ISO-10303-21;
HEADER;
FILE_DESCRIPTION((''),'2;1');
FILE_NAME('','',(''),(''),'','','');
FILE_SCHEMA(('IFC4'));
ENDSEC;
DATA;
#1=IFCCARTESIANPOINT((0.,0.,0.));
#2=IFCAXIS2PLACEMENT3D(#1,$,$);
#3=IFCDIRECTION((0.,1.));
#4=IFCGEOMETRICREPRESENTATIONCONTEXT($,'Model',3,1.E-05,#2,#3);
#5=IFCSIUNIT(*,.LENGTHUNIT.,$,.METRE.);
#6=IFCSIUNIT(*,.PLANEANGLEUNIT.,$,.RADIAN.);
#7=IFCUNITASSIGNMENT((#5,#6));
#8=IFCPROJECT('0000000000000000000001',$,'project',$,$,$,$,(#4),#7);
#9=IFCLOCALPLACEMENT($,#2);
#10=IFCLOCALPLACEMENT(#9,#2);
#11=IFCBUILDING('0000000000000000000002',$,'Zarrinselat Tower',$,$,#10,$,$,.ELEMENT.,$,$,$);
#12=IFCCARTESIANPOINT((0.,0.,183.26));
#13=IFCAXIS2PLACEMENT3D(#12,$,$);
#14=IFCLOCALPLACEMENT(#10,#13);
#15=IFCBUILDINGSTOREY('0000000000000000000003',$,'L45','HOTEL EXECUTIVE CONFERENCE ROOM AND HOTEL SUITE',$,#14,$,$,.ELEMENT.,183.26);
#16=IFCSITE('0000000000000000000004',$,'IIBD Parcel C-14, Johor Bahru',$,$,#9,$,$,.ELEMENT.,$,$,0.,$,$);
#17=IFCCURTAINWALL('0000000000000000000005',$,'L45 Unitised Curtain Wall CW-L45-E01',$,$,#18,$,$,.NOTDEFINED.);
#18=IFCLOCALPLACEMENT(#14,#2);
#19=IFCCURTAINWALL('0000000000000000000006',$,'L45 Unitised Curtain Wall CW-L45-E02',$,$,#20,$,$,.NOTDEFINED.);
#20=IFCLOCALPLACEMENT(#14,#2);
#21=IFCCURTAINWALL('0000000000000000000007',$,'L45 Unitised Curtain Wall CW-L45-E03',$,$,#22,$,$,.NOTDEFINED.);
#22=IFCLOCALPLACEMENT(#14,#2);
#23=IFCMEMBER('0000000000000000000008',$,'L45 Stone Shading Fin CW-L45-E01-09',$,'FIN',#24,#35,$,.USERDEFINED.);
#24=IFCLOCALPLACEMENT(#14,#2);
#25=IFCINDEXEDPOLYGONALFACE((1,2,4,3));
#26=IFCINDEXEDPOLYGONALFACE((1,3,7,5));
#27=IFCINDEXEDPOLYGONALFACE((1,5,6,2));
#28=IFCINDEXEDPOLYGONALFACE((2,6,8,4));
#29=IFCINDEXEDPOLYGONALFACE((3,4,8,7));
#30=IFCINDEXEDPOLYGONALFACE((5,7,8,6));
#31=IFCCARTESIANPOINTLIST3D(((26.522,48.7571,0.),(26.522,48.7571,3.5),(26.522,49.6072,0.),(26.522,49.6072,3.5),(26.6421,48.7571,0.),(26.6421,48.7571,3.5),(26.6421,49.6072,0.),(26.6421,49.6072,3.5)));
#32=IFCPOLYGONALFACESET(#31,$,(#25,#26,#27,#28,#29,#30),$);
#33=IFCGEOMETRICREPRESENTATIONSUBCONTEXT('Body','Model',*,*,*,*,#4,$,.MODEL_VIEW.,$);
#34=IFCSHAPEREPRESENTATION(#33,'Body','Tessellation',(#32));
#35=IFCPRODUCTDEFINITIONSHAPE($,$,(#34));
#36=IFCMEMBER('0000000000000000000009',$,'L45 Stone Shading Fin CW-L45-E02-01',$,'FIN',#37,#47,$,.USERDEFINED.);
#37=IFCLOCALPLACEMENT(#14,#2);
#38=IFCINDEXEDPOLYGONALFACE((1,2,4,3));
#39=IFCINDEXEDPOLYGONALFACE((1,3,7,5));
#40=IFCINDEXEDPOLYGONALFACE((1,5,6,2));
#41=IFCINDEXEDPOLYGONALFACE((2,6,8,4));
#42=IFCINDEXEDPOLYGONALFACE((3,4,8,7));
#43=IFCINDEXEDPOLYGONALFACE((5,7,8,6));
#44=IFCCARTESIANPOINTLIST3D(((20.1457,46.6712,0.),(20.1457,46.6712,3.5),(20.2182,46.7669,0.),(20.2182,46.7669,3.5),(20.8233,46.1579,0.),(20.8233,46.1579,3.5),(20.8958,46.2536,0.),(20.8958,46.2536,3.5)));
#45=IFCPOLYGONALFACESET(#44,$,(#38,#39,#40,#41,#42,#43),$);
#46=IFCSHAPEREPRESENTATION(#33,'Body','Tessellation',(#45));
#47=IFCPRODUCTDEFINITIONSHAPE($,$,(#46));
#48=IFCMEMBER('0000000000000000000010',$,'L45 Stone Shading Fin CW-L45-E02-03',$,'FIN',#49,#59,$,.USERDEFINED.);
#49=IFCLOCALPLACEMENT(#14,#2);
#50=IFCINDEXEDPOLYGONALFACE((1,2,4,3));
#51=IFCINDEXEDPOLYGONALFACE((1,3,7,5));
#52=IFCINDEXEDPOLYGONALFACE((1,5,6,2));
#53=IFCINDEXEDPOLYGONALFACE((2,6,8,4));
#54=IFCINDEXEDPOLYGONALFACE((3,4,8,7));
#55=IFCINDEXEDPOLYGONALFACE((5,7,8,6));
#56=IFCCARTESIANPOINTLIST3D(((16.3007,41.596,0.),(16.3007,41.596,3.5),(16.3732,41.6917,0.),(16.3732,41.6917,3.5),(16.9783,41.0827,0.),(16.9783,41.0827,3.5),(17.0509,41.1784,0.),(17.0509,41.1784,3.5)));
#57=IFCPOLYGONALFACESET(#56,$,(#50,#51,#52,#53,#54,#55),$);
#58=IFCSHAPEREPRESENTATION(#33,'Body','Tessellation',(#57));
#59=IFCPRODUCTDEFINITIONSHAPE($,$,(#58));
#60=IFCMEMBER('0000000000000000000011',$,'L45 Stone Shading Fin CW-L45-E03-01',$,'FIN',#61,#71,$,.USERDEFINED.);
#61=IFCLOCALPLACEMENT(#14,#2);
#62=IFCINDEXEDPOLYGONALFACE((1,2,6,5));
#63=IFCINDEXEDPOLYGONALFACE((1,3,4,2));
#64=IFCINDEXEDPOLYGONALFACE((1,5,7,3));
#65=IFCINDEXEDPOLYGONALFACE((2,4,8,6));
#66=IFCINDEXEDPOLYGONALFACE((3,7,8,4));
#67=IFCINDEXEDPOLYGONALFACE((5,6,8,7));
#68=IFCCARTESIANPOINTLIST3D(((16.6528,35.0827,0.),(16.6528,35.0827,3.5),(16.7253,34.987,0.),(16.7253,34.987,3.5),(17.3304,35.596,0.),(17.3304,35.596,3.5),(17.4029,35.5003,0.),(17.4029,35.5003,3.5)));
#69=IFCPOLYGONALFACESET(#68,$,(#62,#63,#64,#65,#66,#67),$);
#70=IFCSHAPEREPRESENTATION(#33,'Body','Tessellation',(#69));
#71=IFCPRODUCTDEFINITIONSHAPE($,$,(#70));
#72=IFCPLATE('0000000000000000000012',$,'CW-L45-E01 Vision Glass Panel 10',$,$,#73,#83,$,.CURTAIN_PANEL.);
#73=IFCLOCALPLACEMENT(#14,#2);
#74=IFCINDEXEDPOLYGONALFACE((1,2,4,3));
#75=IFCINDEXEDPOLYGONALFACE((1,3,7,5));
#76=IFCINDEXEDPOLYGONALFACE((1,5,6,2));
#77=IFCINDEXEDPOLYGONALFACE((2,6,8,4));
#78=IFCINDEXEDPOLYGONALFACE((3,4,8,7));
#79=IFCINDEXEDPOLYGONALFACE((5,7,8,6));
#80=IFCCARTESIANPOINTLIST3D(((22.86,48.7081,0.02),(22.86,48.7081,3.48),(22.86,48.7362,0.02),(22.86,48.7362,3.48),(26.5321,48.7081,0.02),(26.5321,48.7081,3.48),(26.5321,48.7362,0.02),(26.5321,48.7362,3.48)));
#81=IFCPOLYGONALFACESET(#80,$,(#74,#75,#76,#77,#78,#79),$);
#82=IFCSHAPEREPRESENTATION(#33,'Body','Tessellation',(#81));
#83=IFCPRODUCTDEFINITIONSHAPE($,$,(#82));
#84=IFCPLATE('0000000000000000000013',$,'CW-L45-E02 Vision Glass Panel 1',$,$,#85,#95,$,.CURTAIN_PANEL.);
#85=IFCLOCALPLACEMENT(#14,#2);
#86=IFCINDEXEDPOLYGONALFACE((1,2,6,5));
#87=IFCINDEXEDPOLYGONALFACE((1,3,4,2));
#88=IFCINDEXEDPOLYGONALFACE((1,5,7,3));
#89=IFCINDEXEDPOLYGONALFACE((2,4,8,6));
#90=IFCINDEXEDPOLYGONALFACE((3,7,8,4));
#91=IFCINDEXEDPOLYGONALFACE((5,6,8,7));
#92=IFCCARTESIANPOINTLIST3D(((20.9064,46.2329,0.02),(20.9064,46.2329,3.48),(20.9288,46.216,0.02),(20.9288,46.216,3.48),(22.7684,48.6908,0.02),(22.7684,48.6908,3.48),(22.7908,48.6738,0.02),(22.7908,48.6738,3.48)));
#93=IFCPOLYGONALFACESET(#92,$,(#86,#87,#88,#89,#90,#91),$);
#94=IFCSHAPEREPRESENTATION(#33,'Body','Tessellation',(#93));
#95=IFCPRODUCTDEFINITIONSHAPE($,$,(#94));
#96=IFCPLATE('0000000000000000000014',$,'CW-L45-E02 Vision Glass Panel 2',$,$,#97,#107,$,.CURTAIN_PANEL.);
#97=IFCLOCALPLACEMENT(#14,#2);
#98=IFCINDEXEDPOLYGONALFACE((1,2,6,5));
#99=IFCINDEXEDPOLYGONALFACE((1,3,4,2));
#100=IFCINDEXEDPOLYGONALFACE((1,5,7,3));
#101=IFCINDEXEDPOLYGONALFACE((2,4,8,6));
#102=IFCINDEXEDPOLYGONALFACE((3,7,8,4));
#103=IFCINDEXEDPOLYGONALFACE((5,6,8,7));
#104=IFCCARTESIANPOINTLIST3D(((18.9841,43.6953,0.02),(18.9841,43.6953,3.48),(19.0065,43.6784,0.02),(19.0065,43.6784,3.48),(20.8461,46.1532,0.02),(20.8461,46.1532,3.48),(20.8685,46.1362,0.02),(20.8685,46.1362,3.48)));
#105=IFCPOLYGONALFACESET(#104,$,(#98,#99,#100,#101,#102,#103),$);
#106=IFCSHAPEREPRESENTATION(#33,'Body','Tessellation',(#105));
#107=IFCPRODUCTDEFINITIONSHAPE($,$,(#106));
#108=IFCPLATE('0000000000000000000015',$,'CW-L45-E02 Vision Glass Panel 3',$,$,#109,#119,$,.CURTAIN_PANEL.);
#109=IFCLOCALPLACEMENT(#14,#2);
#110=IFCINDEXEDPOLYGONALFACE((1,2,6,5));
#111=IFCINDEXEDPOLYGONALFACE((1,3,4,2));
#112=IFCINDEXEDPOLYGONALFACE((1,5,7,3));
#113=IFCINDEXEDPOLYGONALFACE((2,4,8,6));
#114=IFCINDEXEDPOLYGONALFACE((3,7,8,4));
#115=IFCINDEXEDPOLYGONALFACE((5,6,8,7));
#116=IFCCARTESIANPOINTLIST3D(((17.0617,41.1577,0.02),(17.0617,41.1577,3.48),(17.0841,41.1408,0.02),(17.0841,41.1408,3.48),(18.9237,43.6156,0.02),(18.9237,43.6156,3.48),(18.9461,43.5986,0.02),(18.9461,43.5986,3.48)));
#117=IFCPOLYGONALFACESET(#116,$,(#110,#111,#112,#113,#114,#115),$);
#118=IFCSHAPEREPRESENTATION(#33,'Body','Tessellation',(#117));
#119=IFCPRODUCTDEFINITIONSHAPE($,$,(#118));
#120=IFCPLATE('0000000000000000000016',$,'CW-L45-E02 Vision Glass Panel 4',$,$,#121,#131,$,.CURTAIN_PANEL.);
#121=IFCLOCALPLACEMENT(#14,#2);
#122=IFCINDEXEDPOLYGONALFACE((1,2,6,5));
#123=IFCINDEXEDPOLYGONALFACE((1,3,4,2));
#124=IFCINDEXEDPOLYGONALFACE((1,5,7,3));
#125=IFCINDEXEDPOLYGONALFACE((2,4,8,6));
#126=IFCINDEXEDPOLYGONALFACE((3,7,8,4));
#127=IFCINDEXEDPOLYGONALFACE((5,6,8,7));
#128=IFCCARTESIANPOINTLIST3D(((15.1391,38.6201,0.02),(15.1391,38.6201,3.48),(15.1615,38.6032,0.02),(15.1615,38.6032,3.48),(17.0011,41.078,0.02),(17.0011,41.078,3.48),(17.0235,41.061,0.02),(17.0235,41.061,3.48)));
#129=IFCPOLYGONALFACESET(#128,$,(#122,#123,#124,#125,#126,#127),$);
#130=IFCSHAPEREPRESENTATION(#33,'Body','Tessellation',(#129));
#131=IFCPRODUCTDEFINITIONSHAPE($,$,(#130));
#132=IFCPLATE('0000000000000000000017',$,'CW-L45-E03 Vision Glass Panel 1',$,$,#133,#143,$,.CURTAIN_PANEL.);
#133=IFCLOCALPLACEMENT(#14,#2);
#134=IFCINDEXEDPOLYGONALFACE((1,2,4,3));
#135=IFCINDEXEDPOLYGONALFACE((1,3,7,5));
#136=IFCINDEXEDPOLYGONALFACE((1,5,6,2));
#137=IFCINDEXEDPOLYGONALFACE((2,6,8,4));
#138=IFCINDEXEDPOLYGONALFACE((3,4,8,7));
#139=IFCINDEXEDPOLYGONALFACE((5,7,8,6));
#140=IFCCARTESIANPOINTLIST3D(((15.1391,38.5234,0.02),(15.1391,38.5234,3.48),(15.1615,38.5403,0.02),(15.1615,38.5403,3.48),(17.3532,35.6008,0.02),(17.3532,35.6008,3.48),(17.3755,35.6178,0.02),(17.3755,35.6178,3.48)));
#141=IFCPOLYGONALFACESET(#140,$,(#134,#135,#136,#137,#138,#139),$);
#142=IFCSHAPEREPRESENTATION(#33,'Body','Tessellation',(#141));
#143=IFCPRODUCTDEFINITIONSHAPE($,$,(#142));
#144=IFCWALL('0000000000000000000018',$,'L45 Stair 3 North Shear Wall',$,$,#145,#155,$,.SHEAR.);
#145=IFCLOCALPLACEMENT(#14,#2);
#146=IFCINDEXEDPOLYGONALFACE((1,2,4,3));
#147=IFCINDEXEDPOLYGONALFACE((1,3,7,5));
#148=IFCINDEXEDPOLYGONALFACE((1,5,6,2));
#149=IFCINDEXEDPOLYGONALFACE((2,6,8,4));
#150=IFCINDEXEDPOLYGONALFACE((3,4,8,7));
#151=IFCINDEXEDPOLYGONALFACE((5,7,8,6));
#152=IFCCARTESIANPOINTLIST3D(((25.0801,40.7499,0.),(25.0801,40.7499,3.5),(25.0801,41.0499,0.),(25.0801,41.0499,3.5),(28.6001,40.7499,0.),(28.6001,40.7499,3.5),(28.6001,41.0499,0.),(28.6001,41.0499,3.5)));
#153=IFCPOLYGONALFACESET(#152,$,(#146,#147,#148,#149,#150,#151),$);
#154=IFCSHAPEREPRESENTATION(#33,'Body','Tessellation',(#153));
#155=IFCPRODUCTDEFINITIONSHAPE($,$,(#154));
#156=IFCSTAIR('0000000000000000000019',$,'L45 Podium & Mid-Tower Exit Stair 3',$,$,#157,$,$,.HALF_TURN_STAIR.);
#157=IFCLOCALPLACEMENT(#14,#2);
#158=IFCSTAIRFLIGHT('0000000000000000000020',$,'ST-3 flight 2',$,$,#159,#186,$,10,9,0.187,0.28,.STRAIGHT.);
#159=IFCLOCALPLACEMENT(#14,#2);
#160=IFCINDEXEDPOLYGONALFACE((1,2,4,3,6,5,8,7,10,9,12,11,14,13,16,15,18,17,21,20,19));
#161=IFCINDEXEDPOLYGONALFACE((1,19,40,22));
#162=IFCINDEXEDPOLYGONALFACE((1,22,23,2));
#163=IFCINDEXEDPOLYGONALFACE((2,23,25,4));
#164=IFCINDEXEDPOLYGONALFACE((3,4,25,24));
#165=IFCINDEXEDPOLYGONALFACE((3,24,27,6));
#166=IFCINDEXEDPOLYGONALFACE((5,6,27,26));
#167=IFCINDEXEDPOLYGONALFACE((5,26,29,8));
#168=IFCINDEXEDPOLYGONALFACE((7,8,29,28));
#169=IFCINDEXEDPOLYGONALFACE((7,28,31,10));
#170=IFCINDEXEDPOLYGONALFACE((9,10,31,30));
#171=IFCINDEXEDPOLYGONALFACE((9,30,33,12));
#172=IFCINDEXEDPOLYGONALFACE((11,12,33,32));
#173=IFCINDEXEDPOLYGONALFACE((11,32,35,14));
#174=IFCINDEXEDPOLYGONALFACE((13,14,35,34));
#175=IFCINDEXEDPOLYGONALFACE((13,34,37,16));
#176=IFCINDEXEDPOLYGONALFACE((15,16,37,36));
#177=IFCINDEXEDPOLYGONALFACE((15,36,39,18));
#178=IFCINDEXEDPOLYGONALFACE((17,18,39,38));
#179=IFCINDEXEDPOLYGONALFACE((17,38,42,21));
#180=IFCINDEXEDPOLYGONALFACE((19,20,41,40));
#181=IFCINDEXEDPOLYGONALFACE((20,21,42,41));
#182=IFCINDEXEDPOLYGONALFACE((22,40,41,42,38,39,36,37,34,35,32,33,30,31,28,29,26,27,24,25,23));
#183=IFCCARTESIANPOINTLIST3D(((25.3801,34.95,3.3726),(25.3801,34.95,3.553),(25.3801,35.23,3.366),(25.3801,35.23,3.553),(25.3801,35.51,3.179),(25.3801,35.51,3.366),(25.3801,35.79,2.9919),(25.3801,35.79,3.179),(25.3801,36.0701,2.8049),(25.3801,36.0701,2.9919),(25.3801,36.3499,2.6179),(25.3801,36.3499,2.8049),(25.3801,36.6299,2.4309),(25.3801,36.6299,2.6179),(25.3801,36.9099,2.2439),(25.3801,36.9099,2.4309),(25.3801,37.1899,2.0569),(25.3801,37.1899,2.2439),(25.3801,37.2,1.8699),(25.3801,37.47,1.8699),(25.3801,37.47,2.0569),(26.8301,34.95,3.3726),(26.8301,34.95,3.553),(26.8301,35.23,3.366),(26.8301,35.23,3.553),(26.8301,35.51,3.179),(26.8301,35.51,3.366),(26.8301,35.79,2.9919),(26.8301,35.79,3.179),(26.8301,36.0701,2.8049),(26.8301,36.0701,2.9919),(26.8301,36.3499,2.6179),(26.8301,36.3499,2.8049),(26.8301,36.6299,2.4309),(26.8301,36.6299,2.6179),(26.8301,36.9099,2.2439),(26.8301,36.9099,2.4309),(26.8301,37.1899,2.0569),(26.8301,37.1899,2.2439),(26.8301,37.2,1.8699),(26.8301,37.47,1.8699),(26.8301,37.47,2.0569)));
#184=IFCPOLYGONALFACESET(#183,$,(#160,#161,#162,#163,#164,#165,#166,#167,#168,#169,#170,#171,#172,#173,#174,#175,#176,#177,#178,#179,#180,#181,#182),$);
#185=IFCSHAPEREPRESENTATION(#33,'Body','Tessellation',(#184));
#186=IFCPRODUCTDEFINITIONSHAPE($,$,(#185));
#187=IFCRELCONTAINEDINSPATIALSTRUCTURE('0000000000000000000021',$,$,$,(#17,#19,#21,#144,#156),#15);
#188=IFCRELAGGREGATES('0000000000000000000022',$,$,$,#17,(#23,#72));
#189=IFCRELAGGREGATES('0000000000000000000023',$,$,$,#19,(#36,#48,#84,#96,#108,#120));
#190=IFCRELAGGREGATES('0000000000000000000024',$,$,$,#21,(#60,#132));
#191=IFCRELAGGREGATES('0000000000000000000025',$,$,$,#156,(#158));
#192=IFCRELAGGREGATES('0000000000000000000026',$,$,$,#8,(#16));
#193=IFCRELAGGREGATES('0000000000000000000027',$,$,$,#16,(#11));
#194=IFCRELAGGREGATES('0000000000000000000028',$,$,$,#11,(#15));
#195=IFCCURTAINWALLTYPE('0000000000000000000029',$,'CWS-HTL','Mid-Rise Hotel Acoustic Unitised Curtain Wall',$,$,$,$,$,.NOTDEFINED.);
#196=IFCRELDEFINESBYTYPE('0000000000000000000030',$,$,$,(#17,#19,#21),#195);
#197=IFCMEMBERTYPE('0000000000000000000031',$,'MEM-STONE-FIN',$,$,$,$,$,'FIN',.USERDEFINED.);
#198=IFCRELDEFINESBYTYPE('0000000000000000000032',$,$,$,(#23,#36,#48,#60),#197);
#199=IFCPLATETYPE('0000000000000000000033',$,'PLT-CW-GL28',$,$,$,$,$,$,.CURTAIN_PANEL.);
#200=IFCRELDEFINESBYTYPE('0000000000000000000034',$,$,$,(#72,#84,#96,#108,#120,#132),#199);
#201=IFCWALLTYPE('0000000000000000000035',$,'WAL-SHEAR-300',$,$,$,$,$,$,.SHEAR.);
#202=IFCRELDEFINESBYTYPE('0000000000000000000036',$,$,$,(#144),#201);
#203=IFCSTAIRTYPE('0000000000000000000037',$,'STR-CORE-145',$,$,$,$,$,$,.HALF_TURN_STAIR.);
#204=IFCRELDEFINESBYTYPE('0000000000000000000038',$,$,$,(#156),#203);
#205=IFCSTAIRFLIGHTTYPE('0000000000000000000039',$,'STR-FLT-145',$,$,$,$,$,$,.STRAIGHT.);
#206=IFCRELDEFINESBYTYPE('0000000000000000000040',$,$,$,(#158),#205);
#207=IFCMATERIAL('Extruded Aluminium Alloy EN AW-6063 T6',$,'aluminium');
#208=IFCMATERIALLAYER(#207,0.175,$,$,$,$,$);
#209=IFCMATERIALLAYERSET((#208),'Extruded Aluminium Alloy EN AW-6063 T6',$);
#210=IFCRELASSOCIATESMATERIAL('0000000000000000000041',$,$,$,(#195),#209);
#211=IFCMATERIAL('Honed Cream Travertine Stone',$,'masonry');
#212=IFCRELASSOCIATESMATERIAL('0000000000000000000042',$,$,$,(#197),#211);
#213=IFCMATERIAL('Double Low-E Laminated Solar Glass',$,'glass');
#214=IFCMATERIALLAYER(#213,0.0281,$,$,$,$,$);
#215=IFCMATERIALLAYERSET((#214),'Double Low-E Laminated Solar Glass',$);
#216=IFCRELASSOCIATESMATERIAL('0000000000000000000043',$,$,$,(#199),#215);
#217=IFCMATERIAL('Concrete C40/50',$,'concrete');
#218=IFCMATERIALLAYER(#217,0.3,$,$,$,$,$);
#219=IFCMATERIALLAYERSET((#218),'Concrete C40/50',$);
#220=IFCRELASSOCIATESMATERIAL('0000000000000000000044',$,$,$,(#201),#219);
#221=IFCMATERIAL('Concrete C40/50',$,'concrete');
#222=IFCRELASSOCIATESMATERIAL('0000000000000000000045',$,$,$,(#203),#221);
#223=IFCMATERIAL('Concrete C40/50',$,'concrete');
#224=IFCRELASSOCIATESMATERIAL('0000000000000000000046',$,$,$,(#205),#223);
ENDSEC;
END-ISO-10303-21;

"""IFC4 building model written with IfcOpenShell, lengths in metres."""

from ifc_helpers import new_model, si_unit, direction, frame, frame_2d, origin, origin_2d, place, context, subcontext, project, spatial, polyline, rectangle, outline, extrude, material, layer, layer_set, material_profile, profile_set, type_object, element, aggregate, save


model = new_model("IFC4")

# Units and contexts
model_context = context("Model", 3, precision=1e-05, world=origin(), true_north=direction((0.0, 1.0)))
body_context = subcontext(model_context, "Body", "Model", "MODEL_VIEW")
ifc_project = project(units=[si_unit("LENGTHUNIT", "METRE"), si_unit("PLANEANGLEUNIT", "RADIAN")], contexts=[model_context])

# Site, building, storey
site_placement = place(None, origin())
site = spatial("IfcSite", under=ifc_project, at=site_placement, Name="IIBD Parcel C-14, Johor Bahru", CompositionType="ELEMENT", RefElevation=0.0)
building_placement = place(site_placement, origin())
building = spatial("IfcBuilding", under=site, at=building_placement, Name="Zarrinselat Tower", CompositionType="ELEMENT")
storey_placement = place(building_placement, frame((0.0, 0.0, 183.26)))
storey = spatial("IfcBuildingStorey", under=building, at=storey_placement, Name="L45", Description="HOTEL EXECUTIVE CONFERENCE ROOM AND HOTEL SUITE", CompositionType="ELEMENT", Elevation=183.26)

# Curtain walls
ifc_material_1 = material(Name="Extruded Aluminium Alloy EN AW-6063 T6", Category="aluminium")
ifc_layer_1 = layer(ifc_material_1, 0.175)
ifc_layer_set_1 = layer_set([ifc_layer_1], Name="Extruded Aluminium Alloy EN AW-6063 T6")
curtain_wall_type = type_object("IfcCurtainWallType", Name="CWS-HTL", Description="Mid-Rise Hotel Acoustic Unitised Curtain Wall", PredefinedType="NOTDEFINED", material=ifc_layer_set_1)
curtain_wall_1_placement = place(storey_placement, origin())
curtain_wall_1 = element("IfcCurtainWall", 1, at=curtain_wall_1_placement, inside=storey, type_object=curtain_wall_type, Name="L45 Unitised Curtain Wall CW-L45-E01", PredefinedType="NOTDEFINED")
curtain_wall_2_placement = place(storey_placement, origin())
curtain_wall_2 = element("IfcCurtainWall", 2, at=curtain_wall_2_placement, inside=storey, type_object=curtain_wall_type, Name="L45 Unitised Curtain Wall CW-L45-E02", PredefinedType="NOTDEFINED")

# Curtain wall
curtain_wall_3_placement = place(storey_placement, origin())
curtain_wall_3 = element("IfcCurtainWall", 3, at=curtain_wall_3_placement, inside=storey, type_object=curtain_wall_type, Name="L45 Unitised Curtain Wall CW-L45-E03", PredefinedType="NOTDEFINED")

# Members
ifc_material_2 = material(Name="Honed Cream Travertine Stone", Category="masonry")
ifc_material_profile_1 = material_profile(ifc_material_2, rectangle(XDim=0.1201, YDim=0.8501, at=origin_2d()), Name="FIN 850x120")
ifc_profile_set_1 = profile_set([ifc_material_profile_1], Name="Honed Cream Travertine Stone")
member_type_1 = type_object("IfcMemberType", Name="MEM-STONE-FIN", ElementType="FIN", PredefinedType="USERDEFINED", material=ifc_profile_set_1)
member_1_placement = place(storey_placement, frame((26.582, 49.1821, 0.0), z_axis=(0.0, 0.0, 1.0), x_axis=(1.0, 0.0, 0.0)))
member_1 = element("IfcMember", 4, at=member_1_placement, type_object=member_type_1, Name="L45 Stone Shading Fin CW-L45-E01-09", ObjectType="FIN", PredefinedType="USERDEFINED", context=body_context, shape_type="SweptSolid", body=[
    extrude(rectangle(XDim=0.1201, YDim=0.8501, at=origin_2d()), origin(), (0.0, 0.0, 1.0), 3.5),
])
member_2_placement = place(storey_placement, frame((20.5208, 46.4624, 0.0), z_axis=(0.0, 0.0, 1.0), x_axis=(0.603859, 0.797091, 0.0)))
member_2 = element("IfcMember", 5, at=member_2_placement, type_object=member_type_1, Name="L45 Stone Shading Fin CW-L45-E02-01", ObjectType="FIN", PredefinedType="USERDEFINED", context=body_context, shape_type="SweptSolid", body=[
    extrude(rectangle(XDim=0.1201, YDim=0.8501, at=origin_2d()), origin(), (0.0, 0.0, 1.0), 3.5),
])
member_3_placement = place(storey_placement, frame((16.6758, 41.3872, 0.0), z_axis=(0.0, 0.0, 1.0), x_axis=(0.603859, 0.797091, 0.0)))
member_3 = element("IfcMember", 6, at=member_3_placement, type_object=member_type_1, Name="L45 Stone Shading Fin CW-L45-E02-03", ObjectType="FIN", PredefinedType="USERDEFINED", context=body_context, shape_type="SweptSolid", body=[
    extrude(rectangle(XDim=0.1201, YDim=0.8501, at=origin_2d()), origin(), (0.0, 0.0, 1.0), 3.5),
])
member_4_placement = place(storey_placement, frame((17.0278, 35.2915, 0.0), z_axis=(0.0, 0.0, 1.0), x_axis=(-0.603857, 0.797092, 0.0)))
member_4 = element("IfcMember", 7, at=member_4_placement, type_object=member_type_1, Name="L45 Stone Shading Fin CW-L45-E03-01", ObjectType="FIN", PredefinedType="USERDEFINED", context=body_context, shape_type="SweptSolid", body=[
    extrude(rectangle(XDim=0.1201, YDim=0.8501, at=origin_2d()), origin(), (0.0, 0.0, 1.0), 3.5),
])

# Plates
ifc_material_3 = material(Name="Double Low-E Laminated Solar Glass", Category="glass")
ifc_layer_2 = layer(ifc_material_3, 0.0281)
ifc_layer_set_2 = layer_set([ifc_layer_2], Name="Double Low-E Laminated Solar Glass")
plate_type = type_object("IfcPlateType", Name="PLT-CW-GL28", PredefinedType="CURTAIN_PANEL", material=ifc_layer_set_2)
plate_1_placement = place(storey_placement, frame((24.696, 48.7222, 0.02), z_axis=(0.0, 0.0, 1.0), x_axis=(-1.0, 0.0, 0.0)))
plate_1 = element("IfcPlate", 8, at=plate_1_placement, type_object=plate_type, Name="CW-L45-E01 Vision Glass Panel 10", PredefinedType="CURTAIN_PANEL", context=body_context, shape_type="SweptSolid", body=[
    extrude(rectangle(XDim=3.6721, YDim=0.0281, at=origin_2d()), origin(), (0.0, 0.0, 1.0), 3.46),
])
aggregate(curtain_wall_1, [member_1, plate_1])
plate_2_placement = place(storey_placement, frame((21.8486, 47.4534, 0.02), z_axis=(0.0, 0.0, 1.0), x_axis=(-0.603859, -0.797091, 0.0)))
plate_2 = element("IfcPlate", 9, at=plate_2_placement, type_object=plate_type, Name="CW-L45-E02 Vision Glass Panel 1", PredefinedType="CURTAIN_PANEL", context=body_context, shape_type="SweptSolid", body=[
    extrude(rectangle(XDim=3.0835, YDim=0.0281, at=origin_2d()), origin(), (0.0, 0.0, 1.0), 3.46),
])
plate_3_placement = place(storey_placement, frame((19.9263, 44.9158, 0.02), z_axis=(0.0, 0.0, 1.0), x_axis=(-0.603859, -0.797091, 0.0)))
plate_3 = element("IfcPlate", 10, at=plate_3_placement, type_object=plate_type, Name="CW-L45-E02 Vision Glass Panel 2", PredefinedType="CURTAIN_PANEL", context=body_context, shape_type="SweptSolid", body=[
    extrude(rectangle(XDim=3.0835, YDim=0.0281, at=origin_2d()), origin(), (0.0, 0.0, 1.0), 3.46),
])
plate_4_placement = place(storey_placement, frame((18.0039, 42.3782, 0.02), z_axis=(0.0, 0.0, 1.0), x_axis=(-0.603859, -0.797091, 0.0)))
plate_4 = element("IfcPlate", 11, at=plate_4_placement, type_object=plate_type, Name="CW-L45-E02 Vision Glass Panel 3", PredefinedType="CURTAIN_PANEL", context=body_context, shape_type="SweptSolid", body=[
    extrude(rectangle(XDim=3.0835, YDim=0.0281, at=origin_2d()), origin(), (0.0, 0.0, 1.0), 3.46),
])
plate_5_placement = place(storey_placement, frame((16.0813, 39.8406, 0.02), z_axis=(0.0, 0.0, 1.0), x_axis=(-0.603859, -0.797091, 0.0)))
plate_5 = element("IfcPlate", 12, at=plate_5_placement, type_object=plate_type, Name="CW-L45-E02 Vision Glass Panel 4", PredefinedType="CURTAIN_PANEL", context=body_context, shape_type="SweptSolid", body=[
    extrude(rectangle(XDim=3.0835, YDim=0.0281, at=origin_2d()), origin(), (0.0, 0.0, 1.0), 3.46),
])
aggregate(curtain_wall_2, [member_2, member_3, plate_2, plate_3, plate_4, plate_5])
plate_6_placement = place(storey_placement, frame((16.2573, 37.0706, 0.02), z_axis=(0.0, 0.0, 1.0), x_axis=(0.603857, -0.797092, 0.0)))
plate_6 = element("IfcPlate", 13, at=plate_6_placement, type_object=plate_type, Name="CW-L45-E03 Vision Glass Panel 1", PredefinedType="CURTAIN_PANEL", context=body_context, shape_type="SweptSolid", body=[
    extrude(rectangle(XDim=3.6665, YDim=0.0281, at=origin_2d()), origin(), (0.0, 0.0, 1.0), 3.46),
])
aggregate(curtain_wall_3, [member_4, plate_6])

# Wall
ifc_material_4 = material(Name="Concrete C40/50", Category="concrete")
ifc_layer_3 = layer(ifc_material_4, 0.3)
ifc_layer_set_3 = layer_set([ifc_layer_3], Name="Concrete C40/50")
wall_type = type_object("IfcWallType", Name="WAL-SHEAR-300", PredefinedType="SHEAR", material=ifc_layer_set_3)
wall_placement = place(storey_placement, frame((25.0801, 40.8999, 0.0), z_axis=(0.0, 0.0, 1.0), x_axis=(1.0, 0.0, 0.0)))
element("IfcWall", 14, at=wall_placement, inside=storey, type_object=wall_type, Name="L45 Stair 3 North Shear Wall", PredefinedType="SHEAR", context=body_context, shape_type="SweptSolid", body=[
    extrude(rectangle(XDim=3.52, YDim=0.3, at=frame_2d((1.76, 0.0))), origin(), (0.0, 0.0, 1.0), 3.5),
])

# Stair, stair flight
ifc_material_5 = material(Name="Concrete C40/50", Category="concrete")
stair_type = type_object("IfcStairType", Name="STR-CORE-145", PredefinedType="HALF_TURN_STAIR", material=ifc_material_5)
stair_placement = place(storey_placement, origin())
stair = element("IfcStair", 15, at=stair_placement, inside=storey, type_object=stair_type, Name="L45 Podium & Mid-Tower Exit Stair 3", PredefinedType="HALF_TURN_STAIR")
ifc_material_6 = material(Name="Concrete C40/50", Category="concrete")
stair_flight_type = type_object("IfcStairFlightType", Name="STR-FLT-145", PredefinedType="STRAIGHT", material=ifc_material_6)
stair_flight_placement = place(storey_placement, frame((26.105, 37.47, 1.8699), z_axis=(0.0, 0.0, 1.0), x_axis=(0.0, -1.0, 0.0)))
stair_flight = element("IfcStairFlight", 16, at=stair_flight_placement, type_object=stair_flight_type, Name="ST-3 flight 2", NumberOfRisers=10, NumberOfTreads=9, PredefinedType="STRAIGHT", RiserHeight=0.187, TreadLength=0.28, context=body_context, shape_type="SweptSolid", body=[
    extrude(outline(polyline([(0.0, 0.0), (0.0, 0.187), (0.28, 0.187), (0.28, 0.374), (0.5601, 0.374), (0.5601, 0.561), (0.8401, 0.561), (0.8401, 0.748), (1.1201, 0.748), (1.1201, 0.9351), (1.3999, 0.9351), (1.3999, 1.1221), (1.6799, 1.1221), (1.6799, 1.3091), (1.96, 1.3091), (1.96, 1.4961), (2.24, 1.4961), (2.24, 1.6831), (2.52, 1.6831), (2.52, 1.8701), (2.52, 1.5027), (0.27, 0.0), (0.0, 0.0)])), frame((0.0, 0.7251, 0.0), z_axis=(0.0, -1.0, 0.0), x_axis=(1.0, 0.0, 0.0)), (0.0, 0.0, 1.0), 1.45),
])
aggregate(stair, [stair_flight])

save(model, "model.ifc")
